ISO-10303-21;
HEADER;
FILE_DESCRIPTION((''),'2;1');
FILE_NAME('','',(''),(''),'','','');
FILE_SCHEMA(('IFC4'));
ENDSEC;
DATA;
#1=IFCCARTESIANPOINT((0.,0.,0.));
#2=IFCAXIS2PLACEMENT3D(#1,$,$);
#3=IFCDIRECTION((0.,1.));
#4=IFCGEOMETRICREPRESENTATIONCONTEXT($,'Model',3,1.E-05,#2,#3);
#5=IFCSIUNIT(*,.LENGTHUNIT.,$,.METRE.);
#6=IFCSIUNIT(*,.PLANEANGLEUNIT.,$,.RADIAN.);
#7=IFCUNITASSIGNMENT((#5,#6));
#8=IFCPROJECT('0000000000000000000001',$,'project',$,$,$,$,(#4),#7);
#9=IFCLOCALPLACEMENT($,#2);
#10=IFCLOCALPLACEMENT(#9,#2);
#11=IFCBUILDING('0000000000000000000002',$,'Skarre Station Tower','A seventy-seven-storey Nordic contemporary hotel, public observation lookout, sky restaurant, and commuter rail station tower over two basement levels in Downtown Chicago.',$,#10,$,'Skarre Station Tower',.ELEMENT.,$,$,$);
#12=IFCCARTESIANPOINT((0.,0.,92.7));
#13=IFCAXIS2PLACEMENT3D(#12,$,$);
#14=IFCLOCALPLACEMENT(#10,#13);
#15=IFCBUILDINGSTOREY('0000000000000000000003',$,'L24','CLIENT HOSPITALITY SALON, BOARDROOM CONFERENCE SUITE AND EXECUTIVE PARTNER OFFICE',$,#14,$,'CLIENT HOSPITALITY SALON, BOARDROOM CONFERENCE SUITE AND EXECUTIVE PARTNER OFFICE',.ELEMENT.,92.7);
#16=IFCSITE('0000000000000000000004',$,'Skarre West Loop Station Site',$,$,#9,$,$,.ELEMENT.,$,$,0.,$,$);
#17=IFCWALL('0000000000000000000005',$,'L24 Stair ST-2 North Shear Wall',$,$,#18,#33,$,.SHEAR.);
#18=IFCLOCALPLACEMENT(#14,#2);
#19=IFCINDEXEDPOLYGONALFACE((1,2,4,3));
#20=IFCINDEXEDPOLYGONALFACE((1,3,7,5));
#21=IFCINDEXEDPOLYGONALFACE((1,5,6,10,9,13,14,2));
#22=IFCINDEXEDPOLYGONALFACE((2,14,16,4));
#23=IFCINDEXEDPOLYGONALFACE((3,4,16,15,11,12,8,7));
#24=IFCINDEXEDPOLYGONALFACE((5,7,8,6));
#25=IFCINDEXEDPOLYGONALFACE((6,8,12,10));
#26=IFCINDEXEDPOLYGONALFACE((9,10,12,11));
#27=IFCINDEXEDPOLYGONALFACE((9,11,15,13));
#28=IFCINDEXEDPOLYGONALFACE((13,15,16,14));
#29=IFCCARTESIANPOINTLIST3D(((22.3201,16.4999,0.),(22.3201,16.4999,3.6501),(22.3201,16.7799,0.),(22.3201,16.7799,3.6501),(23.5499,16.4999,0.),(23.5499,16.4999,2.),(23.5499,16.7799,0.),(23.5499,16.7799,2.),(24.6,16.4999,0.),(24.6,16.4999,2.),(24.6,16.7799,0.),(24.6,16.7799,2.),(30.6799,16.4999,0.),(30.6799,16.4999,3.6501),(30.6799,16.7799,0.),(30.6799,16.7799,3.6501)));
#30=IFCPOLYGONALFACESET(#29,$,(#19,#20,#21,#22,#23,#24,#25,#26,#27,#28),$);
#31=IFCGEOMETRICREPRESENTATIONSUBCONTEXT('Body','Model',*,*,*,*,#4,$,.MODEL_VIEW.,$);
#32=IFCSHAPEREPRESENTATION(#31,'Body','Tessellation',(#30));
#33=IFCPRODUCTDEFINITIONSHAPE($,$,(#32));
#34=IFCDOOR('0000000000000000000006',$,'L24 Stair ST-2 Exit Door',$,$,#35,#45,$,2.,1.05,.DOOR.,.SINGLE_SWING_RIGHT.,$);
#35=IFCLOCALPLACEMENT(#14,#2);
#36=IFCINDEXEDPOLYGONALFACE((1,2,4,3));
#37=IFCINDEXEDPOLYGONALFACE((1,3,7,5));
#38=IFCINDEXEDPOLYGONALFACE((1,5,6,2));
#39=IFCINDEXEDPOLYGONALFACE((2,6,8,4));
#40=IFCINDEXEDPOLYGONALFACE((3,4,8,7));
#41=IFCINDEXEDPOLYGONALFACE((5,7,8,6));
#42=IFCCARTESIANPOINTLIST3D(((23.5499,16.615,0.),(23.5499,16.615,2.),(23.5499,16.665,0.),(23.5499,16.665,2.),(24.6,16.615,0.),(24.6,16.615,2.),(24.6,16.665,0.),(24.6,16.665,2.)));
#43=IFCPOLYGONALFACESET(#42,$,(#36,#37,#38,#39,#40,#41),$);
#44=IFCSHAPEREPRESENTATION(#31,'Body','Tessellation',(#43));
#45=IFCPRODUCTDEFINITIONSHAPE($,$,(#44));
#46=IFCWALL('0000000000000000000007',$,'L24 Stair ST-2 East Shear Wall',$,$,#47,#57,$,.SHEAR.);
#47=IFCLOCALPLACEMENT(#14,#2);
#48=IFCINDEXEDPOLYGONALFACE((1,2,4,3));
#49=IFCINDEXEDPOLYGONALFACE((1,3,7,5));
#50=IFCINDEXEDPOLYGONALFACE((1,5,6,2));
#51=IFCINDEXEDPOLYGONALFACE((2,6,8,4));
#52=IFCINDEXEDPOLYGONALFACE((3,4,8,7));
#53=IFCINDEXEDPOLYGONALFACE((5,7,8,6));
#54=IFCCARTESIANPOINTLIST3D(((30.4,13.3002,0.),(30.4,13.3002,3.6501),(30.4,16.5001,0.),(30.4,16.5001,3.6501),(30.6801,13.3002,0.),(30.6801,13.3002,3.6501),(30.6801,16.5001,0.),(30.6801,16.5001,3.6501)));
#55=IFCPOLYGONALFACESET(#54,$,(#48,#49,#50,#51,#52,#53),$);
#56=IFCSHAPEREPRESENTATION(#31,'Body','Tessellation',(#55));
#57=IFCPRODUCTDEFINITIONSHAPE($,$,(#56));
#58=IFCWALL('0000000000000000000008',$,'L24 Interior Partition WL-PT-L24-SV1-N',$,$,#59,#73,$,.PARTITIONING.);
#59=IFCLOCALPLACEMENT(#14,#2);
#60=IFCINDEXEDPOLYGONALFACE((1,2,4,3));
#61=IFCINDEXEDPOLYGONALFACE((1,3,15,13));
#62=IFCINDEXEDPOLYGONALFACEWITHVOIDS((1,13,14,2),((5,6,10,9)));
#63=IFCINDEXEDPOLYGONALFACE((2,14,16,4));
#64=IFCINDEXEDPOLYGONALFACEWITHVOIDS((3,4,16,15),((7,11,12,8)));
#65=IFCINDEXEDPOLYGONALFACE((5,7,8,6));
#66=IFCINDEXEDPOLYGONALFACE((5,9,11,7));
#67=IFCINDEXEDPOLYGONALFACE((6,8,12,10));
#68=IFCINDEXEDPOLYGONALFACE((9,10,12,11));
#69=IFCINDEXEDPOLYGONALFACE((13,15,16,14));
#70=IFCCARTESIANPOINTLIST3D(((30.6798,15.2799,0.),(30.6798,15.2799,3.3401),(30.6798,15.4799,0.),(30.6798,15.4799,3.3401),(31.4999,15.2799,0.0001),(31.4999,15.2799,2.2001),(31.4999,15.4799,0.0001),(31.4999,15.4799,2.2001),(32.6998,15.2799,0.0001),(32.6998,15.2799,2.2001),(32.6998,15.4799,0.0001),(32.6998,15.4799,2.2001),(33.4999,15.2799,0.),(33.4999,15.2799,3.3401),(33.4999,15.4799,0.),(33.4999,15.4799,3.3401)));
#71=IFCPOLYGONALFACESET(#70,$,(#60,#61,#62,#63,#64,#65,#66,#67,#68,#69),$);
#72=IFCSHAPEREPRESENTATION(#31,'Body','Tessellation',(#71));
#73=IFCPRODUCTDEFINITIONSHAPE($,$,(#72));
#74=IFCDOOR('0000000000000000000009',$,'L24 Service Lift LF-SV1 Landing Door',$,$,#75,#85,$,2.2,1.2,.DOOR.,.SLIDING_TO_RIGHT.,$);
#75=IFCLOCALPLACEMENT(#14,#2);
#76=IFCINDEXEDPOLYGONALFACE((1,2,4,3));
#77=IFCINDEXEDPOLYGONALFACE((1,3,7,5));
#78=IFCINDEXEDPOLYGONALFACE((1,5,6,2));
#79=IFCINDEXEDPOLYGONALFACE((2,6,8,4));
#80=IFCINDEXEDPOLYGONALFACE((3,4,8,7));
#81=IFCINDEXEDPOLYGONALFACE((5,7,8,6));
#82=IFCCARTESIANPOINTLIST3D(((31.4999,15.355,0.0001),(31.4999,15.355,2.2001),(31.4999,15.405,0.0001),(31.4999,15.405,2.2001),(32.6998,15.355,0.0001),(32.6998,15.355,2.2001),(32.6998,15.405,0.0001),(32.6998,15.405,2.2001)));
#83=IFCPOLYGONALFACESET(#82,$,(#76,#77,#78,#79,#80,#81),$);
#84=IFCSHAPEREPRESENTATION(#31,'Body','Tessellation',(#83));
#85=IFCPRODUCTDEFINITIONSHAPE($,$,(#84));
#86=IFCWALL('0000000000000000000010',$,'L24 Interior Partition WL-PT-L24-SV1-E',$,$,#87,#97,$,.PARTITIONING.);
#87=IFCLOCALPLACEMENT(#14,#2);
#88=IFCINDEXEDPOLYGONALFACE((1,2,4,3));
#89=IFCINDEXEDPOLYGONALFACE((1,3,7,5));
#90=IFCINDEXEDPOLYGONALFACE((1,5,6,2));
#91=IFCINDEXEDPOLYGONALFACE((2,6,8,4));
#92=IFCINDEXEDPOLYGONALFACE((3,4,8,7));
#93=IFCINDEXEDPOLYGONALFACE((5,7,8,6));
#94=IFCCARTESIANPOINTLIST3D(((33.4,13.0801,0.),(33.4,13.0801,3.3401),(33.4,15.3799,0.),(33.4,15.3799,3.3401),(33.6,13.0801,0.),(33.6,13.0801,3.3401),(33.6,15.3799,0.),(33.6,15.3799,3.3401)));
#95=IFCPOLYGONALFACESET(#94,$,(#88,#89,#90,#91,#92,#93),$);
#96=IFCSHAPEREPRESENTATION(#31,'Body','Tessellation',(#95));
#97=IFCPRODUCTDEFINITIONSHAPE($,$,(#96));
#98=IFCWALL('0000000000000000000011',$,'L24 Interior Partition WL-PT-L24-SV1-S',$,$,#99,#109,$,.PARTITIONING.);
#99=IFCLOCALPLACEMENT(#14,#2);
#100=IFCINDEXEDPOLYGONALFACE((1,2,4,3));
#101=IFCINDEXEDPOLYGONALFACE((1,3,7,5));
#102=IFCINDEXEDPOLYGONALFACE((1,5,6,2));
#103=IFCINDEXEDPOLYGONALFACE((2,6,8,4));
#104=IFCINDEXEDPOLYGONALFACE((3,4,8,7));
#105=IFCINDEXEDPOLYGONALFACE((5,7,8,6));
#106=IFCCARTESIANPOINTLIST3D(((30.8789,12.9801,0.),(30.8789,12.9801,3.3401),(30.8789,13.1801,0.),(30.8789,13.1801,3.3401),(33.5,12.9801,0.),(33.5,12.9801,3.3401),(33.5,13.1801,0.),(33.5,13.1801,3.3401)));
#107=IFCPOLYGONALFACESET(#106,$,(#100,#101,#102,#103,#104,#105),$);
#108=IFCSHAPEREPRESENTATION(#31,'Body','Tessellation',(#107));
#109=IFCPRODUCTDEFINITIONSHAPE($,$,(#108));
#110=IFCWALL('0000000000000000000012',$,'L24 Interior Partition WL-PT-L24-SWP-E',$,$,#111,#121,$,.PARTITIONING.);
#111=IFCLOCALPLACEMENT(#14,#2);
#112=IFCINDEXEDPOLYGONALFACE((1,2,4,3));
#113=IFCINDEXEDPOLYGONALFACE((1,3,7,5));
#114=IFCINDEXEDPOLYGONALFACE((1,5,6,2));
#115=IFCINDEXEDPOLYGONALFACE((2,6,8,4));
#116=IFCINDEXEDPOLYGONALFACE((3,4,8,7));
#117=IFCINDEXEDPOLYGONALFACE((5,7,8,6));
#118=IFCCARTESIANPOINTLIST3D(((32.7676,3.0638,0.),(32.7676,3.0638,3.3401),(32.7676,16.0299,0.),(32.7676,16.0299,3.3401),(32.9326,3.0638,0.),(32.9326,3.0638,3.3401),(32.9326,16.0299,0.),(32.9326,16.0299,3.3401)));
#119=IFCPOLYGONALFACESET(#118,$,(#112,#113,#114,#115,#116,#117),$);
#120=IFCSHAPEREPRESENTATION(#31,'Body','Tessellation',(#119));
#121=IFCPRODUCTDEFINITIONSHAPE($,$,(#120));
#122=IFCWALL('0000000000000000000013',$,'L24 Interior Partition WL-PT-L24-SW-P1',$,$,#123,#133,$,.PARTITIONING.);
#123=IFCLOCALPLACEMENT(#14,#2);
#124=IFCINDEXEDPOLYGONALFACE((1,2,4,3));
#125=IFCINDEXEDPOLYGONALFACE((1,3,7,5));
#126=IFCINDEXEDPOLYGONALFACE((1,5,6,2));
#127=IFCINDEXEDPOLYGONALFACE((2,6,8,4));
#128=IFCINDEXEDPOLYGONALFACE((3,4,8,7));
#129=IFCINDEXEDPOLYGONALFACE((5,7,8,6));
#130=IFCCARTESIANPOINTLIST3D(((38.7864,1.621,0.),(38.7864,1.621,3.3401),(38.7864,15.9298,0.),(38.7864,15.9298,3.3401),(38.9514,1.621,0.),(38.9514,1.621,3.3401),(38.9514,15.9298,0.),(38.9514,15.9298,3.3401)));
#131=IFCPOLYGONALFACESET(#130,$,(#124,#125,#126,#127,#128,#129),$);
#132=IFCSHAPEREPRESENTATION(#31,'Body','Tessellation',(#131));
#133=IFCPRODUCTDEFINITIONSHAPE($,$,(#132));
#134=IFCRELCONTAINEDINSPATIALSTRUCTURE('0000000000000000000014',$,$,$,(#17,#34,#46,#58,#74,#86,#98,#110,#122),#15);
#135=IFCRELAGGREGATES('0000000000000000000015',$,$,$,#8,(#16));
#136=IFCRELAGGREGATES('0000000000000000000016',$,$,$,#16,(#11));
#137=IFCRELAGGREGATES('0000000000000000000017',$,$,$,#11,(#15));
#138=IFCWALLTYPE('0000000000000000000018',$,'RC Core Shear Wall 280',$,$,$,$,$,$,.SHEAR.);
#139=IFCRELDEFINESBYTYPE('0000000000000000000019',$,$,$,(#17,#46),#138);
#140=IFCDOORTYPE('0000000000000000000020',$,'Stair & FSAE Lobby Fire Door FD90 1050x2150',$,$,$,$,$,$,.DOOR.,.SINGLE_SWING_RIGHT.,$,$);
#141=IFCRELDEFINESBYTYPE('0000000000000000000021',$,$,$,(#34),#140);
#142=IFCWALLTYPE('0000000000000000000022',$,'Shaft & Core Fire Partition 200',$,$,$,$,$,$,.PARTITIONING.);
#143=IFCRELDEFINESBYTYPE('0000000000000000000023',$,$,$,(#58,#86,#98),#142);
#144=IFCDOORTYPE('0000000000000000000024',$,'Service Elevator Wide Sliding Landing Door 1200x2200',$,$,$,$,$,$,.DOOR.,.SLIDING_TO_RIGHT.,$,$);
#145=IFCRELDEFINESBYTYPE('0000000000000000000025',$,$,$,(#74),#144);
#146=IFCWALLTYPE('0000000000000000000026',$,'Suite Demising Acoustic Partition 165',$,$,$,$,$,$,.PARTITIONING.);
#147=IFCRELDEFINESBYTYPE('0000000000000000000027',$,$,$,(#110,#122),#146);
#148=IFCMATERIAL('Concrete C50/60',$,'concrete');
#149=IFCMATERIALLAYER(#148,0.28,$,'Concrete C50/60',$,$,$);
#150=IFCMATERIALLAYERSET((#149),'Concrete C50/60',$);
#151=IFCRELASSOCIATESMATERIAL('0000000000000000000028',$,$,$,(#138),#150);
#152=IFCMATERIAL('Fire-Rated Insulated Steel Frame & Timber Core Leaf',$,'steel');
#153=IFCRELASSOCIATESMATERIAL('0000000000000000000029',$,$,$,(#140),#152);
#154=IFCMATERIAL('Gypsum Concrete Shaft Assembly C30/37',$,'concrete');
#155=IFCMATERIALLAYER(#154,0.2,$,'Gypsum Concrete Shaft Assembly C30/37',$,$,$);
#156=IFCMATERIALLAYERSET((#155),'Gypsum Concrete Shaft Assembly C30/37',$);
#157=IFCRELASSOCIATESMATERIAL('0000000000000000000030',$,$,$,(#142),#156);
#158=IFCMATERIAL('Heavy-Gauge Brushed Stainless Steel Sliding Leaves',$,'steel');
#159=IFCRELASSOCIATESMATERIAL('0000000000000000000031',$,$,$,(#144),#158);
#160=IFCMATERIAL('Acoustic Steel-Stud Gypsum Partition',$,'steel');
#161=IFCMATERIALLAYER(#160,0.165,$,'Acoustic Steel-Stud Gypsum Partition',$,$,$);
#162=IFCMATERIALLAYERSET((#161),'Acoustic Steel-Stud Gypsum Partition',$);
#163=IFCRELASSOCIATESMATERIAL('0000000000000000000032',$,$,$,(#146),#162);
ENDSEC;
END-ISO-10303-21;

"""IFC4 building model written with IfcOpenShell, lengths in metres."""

from ifc_helpers import new_model, si_unit, direction, frame, frame_2d, origin, place, context, subcontext, project, spatial, rectangle, extrude, material, layer, layer_set, type_object, element, fill, save


model = new_model("IFC4")

# Units and contexts
model_context = context("Model", 3, precision=1e-05, world=origin(), true_north=direction((0.0, 1.0)))
body_context = subcontext(model_context, "Body", "Model", "MODEL_VIEW")
ifc_project = project(units=[si_unit("LENGTHUNIT", "METRE"), si_unit("PLANEANGLEUNIT", "RADIAN")], contexts=[model_context])

# Site, building, storey
site_placement = place(None, origin())
site = spatial("IfcSite", under=ifc_project, at=site_placement, Name="Skarre West Loop Station Site", CompositionType="ELEMENT", RefElevation=0.0)
building_placement = place(site_placement, origin())
building = spatial("IfcBuilding", under=site, at=building_placement, Name="Skarre Station Tower", Description="A seventy-seven-storey Nordic contemporary hotel, public observation lookout, sky restaurant, and commuter rail station tower over two basement levels in Downtown Chicago.", LongName="Skarre Station Tower", CompositionType="ELEMENT")
storey_placement = place(building_placement, frame((0.0, 0.0, 92.7)))
storey = spatial("IfcBuildingStorey", under=building, at=storey_placement, Name="L24", Description="CLIENT HOSPITALITY SALON, BOARDROOM CONFERENCE SUITE AND EXECUTIVE PARTNER OFFICE", LongName="CLIENT HOSPITALITY SALON, BOARDROOM CONFERENCE SUITE AND EXECUTIVE PARTNER OFFICE", CompositionType="ELEMENT", Elevation=92.7)

# Shared definitions
ifc_material_1 = material(Name="Acoustic Steel-Stud Gypsum Partition", Category="steel")

# Wall, opening, door
ifc_material_2 = material(Name="Concrete C50/60", Category="concrete")
ifc_layer_1 = layer(ifc_material_2, 0.28, Name="Concrete C50/60")
ifc_layer_set_1 = layer_set([ifc_layer_1], Name="Concrete C50/60")
wall_type_1 = type_object("IfcWallType", Name="RC Core Shear Wall 280", PredefinedType="SHEAR", material=ifc_layer_set_1)
wall_1_placement = place(storey_placement, frame((30.6799, 16.6399, 0.0), z_axis=(0.0, 0.0, 1.0), x_axis=(-1.0, 0.0, 0.0)))
wall_1 = element("IfcWall", 1, at=wall_1_placement, inside=storey, type_object=wall_type_1, Name="L24 Stair ST-2 North Shear Wall", PredefinedType="SHEAR", context=body_context, shape_type="SweptSolid", body=[
    extrude(rectangle(XDim=8.3599, YDim=0.28, at=frame_2d((4.1799, 0.0))), origin(), (0.0, 0.0, 1.0), 3.6501),
])
opening_1_placement = place(wall_1_placement, frame((6.0801, 0.0, 0.0)))
opening_1 = element("IfcOpeningElement", 2, at=opening_1_placement, cuts=wall_1, PredefinedType="OPENING", context=body_context, shape_type="SweptSolid", body=[
    extrude(rectangle(XDim=1.05, YDim=2.0, at=frame_2d((0.5249, 1.0))), frame((0.0, 0.1499, 0.0), z_axis=(0.0, -1.0, 0.0), x_axis=(1.0, 0.0, 0.0)), (0.0, 0.0, 1.0), 0.3),
])
ifc_material_3 = material(Name="Fire-Rated Insulated Steel Frame & Timber Core Leaf", Category="steel")
door_type_1 = type_object("IfcDoorType", Name="Stair & FSAE Lobby Fire Door FD90 1050x2150", OperationType="SINGLE_SWING_RIGHT", PredefinedType="DOOR", material=ifc_material_3)
door_1_placement = place(opening_1_placement, origin())
door_1 = element("IfcDoor", 3, at=door_1_placement, inside=storey, type_object=door_type_1, Name="L24 Stair ST-2 Exit Door", OperationType="SINGLE_SWING_RIGHT", OverallHeight=2.0, OverallWidth=1.05, PredefinedType="DOOR", context=body_context, shape_type="SweptSolid", body=[
    extrude(rectangle(XDim=1.05, YDim=2.0, at=frame_2d((0.5249, 1.0))), frame((0.0, 0.0249, 0.0), z_axis=(0.0, -1.0, 0.0), x_axis=(1.0, 0.0, 0.0)), (0.0, 0.0, 1.0), 0.05),
])
fill(opening_1, door_1)

# Wall
wall_2_placement = place(storey_placement, frame((30.54, 13.3, 0.0), z_axis=(0.0, 0.0, 1.0), x_axis=(0.0, 1.0, 0.0)))
element("IfcWall", 4, at=wall_2_placement, inside=storey, type_object=wall_type_1, Name="L24 Stair ST-2 East Shear Wall", PredefinedType="SHEAR", context=body_context, shape_type="SweptSolid", body=[
    extrude(rectangle(XDim=3.2, YDim=0.28, at=frame_2d((1.6001, 0.0))), origin(), (0.0, 0.0, 1.0), 3.6501),
])

# Wall, opening, door
ifc_material_4 = material(Name="Gypsum Concrete Shaft Assembly C30/37", Category="concrete")
ifc_layer_2 = layer(ifc_material_4, 0.2, Name="Gypsum Concrete Shaft Assembly C30/37")
ifc_layer_set_2 = layer_set([ifc_layer_2], Name="Gypsum Concrete Shaft Assembly C30/37")
wall_type_2 = type_object("IfcWallType", Name="Shaft & Core Fire Partition 200", PredefinedType="PARTITIONING", material=ifc_layer_set_2)
wall_3_placement = place(storey_placement, frame((33.5, 15.3799, 0.0), z_axis=(0.0, 0.0, 1.0), x_axis=(-1.0, 0.0, 0.0)))
wall_3 = element("IfcWall", 5, at=wall_3_placement, inside=storey, type_object=wall_type_2, Name="L24 Interior Partition WL-PT-L24-SV1-N", PredefinedType="PARTITIONING", context=body_context, shape_type="SweptSolid", body=[
    extrude(rectangle(XDim=2.8201, YDim=0.2, at=frame_2d((1.4102, 0.0))), origin(), (0.0, 0.0, 1.0), 3.3401),
])
opening_2_placement = place(wall_3_placement, frame((0.8, 0.0, 0.0)))
opening_2 = element("IfcOpeningElement", 6, at=opening_2_placement, cuts=wall_3, PredefinedType="OPENING", context=body_context, shape_type="SweptSolid", body=[
    extrude(rectangle(XDim=1.2, YDim=2.2, at=frame_2d((0.6001, 1.1001))), frame((0.0, 0.1099, 0.0), z_axis=(0.0, -1.0, 0.0), x_axis=(1.0, 0.0, 0.0)), (0.0, 0.0, 1.0), 0.22),
])
ifc_material_5 = material(Name="Heavy-Gauge Brushed Stainless Steel Sliding Leaves", Category="steel")
door_type_2 = type_object("IfcDoorType", Name="Service Elevator Wide Sliding Landing Door 1200x2200", OperationType="SLIDING_TO_RIGHT", PredefinedType="DOOR", material=ifc_material_5)
door_2_placement = place(opening_2_placement, origin())
door_2 = element("IfcDoor", 7, at=door_2_placement, inside=storey, type_object=door_type_2, Name="L24 Service Lift LF-SV1 Landing Door", OperationType="SLIDING_TO_RIGHT", OverallHeight=2.2, OverallWidth=1.2, PredefinedType="DOOR", context=body_context, shape_type="SweptSolid", body=[
    extrude(rectangle(XDim=1.2, YDim=2.2, at=frame_2d((0.6001, 1.1001))), frame((0.0, 0.0249, 0.0), z_axis=(0.0, -1.0, 0.0), x_axis=(1.0, 0.0, 0.0)), (0.0, 0.0, 1.0), 0.05),
])
fill(opening_2, door_2)

# Walls
wall_4_placement = place(storey_placement, frame((33.5, 13.0801, 0.0), z_axis=(0.0, 0.0, 1.0), x_axis=(0.0, 1.0, 0.0)))
element("IfcWall", 8, at=wall_4_placement, inside=storey, type_object=wall_type_2, Name="L24 Interior Partition WL-PT-L24-SV1-E", PredefinedType="PARTITIONING", context=body_context, shape_type="SweptSolid", body=[
    extrude(rectangle(XDim=2.2998, YDim=0.2, at=frame_2d((1.1499, 0.0))), origin(), (0.0, 0.0, 1.0), 3.3401),
])
wall_5_placement = place(storey_placement, frame((30.8789, 13.0801, 0.0), z_axis=(0.0, 0.0, 1.0), x_axis=(1.0, 0.0, 0.0)))
element("IfcWall", 9, at=wall_5_placement, inside=storey, type_object=wall_type_2, Name="L24 Interior Partition WL-PT-L24-SV1-S", PredefinedType="PARTITIONING", context=body_context, shape_type="SweptSolid", body=[
    extrude(rectangle(XDim=2.6211, YDim=0.2, at=frame_2d((1.3105, 0.0))), origin(), (0.0, 0.0, 1.0), 3.3401),
])
ifc_layer_3 = layer(ifc_material_1, 0.165, Name="Acoustic Steel-Stud Gypsum Partition")
ifc_layer_set_3 = layer_set([ifc_layer_3], Name="Acoustic Steel-Stud Gypsum Partition")
wall_type_3 = type_object("IfcWallType", Name="Suite Demising Acoustic Partition 165", PredefinedType="PARTITIONING", material=ifc_layer_set_3)
wall_6_placement = place(storey_placement, frame((32.8501, 3.064, 0.0), z_axis=(0.0, 0.0, 1.0), x_axis=(0.0, 1.0, 0.0)))
element("IfcWall", 10, at=wall_6_placement, inside=storey, type_object=wall_type_3, Name="L24 Interior Partition WL-PT-L24-SWP-E", PredefinedType="PARTITIONING", context=body_context, shape_type="SweptSolid", body=[
    extrude(rectangle(XDim=12.9661, YDim=0.165, at=frame_2d((6.4829, 0.0))), origin(), (0.0, 0.0, 1.0), 3.3401),
])
wall_7_placement = place(storey_placement, frame((38.8689, 1.6211, 0.0), z_axis=(0.0, 0.0, 1.0), x_axis=(0.0, 1.0, 0.0)))
element("IfcWall", 11, at=wall_7_placement, inside=storey, type_object=wall_type_3, Name="L24 Interior Partition WL-PT-L24-SW-P1", PredefinedType="PARTITIONING", context=body_context, shape_type="SweptSolid", body=[
    extrude(rectangle(XDim=14.3088, YDim=0.165, at=frame_2d((7.1543, 0.0))), origin(), (0.0, 0.0, 1.0), 3.3401),
])

save(model, "model.ifc")
